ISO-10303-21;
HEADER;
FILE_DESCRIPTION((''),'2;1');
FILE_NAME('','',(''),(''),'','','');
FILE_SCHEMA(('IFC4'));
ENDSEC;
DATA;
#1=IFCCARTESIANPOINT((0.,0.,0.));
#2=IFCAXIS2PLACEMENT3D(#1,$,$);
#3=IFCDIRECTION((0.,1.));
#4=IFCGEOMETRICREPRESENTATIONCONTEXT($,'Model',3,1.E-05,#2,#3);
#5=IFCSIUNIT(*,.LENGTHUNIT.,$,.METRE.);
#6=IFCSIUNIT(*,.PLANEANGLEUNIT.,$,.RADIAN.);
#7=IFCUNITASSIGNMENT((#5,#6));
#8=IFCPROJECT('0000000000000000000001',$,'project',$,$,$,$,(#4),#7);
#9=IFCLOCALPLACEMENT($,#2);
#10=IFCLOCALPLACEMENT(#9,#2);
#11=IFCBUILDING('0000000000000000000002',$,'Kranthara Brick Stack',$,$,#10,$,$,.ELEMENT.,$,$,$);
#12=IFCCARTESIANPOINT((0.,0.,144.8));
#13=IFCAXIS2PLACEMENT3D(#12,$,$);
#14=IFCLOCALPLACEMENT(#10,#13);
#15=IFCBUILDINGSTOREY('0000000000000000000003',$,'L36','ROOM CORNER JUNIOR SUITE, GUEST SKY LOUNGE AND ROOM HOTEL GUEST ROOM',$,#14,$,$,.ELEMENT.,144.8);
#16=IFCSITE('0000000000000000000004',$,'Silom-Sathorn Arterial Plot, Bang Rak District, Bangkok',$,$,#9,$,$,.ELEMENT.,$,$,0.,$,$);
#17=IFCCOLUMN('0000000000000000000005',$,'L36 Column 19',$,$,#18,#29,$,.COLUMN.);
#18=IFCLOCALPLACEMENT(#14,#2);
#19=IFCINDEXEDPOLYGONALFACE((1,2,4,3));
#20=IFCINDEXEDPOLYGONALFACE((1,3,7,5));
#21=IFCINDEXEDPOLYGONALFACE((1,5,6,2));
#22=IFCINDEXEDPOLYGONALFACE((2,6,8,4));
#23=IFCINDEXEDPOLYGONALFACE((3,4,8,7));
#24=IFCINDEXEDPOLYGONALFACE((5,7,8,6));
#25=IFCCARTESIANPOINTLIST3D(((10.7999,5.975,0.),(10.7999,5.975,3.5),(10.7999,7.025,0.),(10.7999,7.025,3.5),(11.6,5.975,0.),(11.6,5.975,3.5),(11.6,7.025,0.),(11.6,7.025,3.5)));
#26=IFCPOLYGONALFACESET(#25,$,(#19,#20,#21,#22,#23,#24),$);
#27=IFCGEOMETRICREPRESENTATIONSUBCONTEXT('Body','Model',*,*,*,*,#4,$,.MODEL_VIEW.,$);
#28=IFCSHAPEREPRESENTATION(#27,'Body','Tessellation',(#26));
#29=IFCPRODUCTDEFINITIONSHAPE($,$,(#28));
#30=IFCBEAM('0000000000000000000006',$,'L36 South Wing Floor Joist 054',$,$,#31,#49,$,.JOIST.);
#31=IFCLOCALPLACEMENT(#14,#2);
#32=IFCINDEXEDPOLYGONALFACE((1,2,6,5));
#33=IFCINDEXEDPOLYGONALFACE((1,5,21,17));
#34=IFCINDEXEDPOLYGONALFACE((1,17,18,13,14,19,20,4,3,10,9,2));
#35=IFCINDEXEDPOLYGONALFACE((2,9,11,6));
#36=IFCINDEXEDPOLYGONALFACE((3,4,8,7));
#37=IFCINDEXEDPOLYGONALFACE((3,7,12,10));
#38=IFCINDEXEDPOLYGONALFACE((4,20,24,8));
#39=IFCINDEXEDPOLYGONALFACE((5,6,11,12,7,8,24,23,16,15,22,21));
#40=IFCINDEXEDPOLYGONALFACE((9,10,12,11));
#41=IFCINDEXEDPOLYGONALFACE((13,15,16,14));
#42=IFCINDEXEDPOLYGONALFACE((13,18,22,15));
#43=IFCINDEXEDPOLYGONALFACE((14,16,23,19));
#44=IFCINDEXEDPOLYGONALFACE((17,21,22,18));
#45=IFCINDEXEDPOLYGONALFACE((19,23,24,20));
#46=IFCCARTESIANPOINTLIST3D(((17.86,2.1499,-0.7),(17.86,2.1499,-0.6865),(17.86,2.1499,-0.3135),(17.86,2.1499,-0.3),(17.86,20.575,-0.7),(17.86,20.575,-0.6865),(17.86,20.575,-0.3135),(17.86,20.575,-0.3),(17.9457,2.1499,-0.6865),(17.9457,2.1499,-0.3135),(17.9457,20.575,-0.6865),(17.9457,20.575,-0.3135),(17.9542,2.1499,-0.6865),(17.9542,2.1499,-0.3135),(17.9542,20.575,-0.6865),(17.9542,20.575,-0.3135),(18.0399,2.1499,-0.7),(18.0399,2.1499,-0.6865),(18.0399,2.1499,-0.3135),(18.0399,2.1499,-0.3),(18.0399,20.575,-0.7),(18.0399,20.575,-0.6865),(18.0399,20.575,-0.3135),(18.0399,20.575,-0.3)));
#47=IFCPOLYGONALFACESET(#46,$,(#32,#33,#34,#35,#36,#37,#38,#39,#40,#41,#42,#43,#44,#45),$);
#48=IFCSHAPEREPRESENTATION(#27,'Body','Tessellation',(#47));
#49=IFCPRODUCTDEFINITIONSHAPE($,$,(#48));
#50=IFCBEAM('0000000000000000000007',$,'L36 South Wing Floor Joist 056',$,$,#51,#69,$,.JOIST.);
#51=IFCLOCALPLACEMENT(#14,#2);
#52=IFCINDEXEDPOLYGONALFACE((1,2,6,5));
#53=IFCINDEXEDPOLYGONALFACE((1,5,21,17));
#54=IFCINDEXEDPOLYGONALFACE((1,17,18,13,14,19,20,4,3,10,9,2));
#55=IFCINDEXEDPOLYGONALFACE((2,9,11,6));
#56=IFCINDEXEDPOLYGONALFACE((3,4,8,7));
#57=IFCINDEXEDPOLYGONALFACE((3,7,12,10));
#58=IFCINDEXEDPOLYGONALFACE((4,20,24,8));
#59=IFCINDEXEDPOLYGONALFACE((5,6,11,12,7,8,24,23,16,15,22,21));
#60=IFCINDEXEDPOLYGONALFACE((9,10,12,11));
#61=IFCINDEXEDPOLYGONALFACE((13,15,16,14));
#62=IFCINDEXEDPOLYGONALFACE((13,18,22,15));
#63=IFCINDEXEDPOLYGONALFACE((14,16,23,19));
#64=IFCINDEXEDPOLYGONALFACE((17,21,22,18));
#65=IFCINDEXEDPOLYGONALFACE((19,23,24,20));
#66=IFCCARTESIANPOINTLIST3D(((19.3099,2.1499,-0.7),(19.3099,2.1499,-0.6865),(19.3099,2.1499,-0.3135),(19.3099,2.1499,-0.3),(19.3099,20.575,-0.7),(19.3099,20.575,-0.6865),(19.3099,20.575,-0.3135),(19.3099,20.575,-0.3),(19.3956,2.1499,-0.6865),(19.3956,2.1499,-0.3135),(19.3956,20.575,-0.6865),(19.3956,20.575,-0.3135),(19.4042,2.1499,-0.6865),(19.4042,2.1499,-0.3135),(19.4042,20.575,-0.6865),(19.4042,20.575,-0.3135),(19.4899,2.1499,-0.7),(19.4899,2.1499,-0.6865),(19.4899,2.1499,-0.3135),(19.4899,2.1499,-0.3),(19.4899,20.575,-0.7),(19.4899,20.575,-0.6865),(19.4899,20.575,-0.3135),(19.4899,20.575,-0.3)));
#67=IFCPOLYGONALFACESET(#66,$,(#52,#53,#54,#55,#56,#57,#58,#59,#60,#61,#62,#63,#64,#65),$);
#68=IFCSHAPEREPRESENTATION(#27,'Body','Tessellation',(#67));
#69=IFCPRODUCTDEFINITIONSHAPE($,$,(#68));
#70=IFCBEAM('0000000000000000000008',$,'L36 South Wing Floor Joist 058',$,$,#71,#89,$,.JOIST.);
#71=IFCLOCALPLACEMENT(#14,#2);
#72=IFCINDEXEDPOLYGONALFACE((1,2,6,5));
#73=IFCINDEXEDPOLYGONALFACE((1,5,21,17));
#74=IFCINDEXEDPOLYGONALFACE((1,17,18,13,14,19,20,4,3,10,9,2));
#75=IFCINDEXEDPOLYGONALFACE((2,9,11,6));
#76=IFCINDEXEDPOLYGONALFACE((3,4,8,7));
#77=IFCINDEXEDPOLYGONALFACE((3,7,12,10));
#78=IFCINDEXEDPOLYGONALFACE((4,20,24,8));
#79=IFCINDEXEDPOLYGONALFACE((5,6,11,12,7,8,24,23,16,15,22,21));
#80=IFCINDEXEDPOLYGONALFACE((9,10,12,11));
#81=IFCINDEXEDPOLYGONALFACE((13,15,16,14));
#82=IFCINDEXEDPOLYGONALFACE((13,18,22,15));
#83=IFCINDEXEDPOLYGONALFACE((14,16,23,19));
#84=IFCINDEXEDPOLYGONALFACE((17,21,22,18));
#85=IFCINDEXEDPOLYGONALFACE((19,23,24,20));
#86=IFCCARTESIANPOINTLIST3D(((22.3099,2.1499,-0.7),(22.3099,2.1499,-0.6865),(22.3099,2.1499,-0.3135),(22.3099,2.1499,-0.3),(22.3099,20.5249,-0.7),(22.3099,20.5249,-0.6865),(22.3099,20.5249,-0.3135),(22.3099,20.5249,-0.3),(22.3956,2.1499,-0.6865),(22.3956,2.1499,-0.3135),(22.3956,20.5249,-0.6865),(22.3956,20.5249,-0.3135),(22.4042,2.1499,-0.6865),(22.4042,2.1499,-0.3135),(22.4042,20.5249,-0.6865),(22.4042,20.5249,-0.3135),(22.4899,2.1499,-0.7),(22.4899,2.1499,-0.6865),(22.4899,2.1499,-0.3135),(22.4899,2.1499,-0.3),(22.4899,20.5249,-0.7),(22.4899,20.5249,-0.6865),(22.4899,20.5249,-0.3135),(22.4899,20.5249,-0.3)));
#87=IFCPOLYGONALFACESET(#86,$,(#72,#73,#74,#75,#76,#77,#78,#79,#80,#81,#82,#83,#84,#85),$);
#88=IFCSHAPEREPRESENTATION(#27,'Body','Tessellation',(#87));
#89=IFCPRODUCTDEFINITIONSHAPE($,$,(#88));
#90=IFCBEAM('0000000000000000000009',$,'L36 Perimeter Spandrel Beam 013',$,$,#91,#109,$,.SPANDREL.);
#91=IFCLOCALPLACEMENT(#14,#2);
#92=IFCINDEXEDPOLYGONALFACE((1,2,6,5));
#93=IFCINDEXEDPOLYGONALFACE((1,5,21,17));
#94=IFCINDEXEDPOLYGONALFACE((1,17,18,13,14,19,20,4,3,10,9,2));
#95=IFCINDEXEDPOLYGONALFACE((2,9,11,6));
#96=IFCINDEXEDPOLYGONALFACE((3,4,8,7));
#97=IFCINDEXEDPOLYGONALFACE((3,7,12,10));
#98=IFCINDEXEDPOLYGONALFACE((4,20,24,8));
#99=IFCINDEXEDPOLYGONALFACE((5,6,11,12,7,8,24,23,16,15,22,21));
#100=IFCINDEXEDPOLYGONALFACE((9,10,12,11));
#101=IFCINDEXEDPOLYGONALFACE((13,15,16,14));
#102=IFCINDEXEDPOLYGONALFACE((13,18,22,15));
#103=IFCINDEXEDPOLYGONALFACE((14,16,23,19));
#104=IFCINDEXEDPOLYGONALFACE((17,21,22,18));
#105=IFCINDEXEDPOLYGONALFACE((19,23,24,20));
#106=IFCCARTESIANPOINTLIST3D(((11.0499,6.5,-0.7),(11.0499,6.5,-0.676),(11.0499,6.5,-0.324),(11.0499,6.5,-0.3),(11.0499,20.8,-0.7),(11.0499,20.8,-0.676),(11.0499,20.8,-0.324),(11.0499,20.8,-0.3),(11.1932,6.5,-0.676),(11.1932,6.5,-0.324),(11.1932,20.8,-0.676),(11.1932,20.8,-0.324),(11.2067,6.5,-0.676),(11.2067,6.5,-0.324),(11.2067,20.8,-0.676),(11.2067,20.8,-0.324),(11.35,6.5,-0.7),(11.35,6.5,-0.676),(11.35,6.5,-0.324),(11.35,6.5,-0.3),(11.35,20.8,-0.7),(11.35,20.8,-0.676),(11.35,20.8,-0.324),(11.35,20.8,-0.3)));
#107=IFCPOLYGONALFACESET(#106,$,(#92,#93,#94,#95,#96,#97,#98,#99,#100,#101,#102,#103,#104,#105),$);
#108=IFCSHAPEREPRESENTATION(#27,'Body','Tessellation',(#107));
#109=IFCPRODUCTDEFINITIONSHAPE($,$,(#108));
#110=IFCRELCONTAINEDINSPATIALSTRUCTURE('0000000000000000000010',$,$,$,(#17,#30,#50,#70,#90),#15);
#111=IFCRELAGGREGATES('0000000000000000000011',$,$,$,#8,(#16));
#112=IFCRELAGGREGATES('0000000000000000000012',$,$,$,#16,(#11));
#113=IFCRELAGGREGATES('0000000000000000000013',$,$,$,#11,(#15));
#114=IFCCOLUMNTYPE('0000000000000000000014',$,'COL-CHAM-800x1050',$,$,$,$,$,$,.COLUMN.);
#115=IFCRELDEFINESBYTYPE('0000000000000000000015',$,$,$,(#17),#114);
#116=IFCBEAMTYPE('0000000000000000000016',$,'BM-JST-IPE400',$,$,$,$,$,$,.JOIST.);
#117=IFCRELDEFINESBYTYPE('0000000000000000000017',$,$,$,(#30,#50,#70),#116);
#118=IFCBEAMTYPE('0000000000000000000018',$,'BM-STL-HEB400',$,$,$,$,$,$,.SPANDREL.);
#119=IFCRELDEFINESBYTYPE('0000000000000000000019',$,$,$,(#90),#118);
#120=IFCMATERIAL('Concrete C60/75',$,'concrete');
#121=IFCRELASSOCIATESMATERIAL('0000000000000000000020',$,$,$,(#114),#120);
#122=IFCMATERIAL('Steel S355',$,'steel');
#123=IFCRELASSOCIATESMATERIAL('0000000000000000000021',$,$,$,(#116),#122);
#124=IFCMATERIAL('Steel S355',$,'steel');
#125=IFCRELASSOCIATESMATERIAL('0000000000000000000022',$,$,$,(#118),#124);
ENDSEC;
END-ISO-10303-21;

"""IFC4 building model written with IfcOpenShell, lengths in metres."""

from ifc_helpers import new_model, si_unit, direction, frame, origin, origin_2d, place, context, subcontext, project, spatial, rectangle, i_section, extrude, material, material_profile, profile_set, type_object, element, save


model = new_model("IFC4")

# Units and contexts
model_context = context("Model", 3, precision=1e-05, world=origin(), true_north=direction((0.0, 1.0)))
body_context = subcontext(model_context, "Body", "Model", "MODEL_VIEW")
ifc_project = project(units=[si_unit("LENGTHUNIT", "METRE"), si_unit("PLANEANGLEUNIT", "RADIAN")], contexts=[model_context])

# Site, building, storey
site_placement = place(None, origin())
site = spatial("IfcSite", under=ifc_project, at=site_placement, Name="Silom-Sathorn Arterial Plot, Bang Rak District, Bangkok", CompositionType="ELEMENT", RefElevation=0.0)
building_placement = place(site_placement, origin())
building = spatial("IfcBuilding", under=site, at=building_placement, Name="Kranthara Brick Stack", CompositionType="ELEMENT")
storey_placement = place(building_placement, frame((0.0, 0.0, 144.8)))
storey = spatial("IfcBuildingStorey", under=building, at=storey_placement, Name="L36", Description="ROOM CORNER JUNIOR SUITE, GUEST SKY LOUNGE AND ROOM HOTEL GUEST ROOM", CompositionType="ELEMENT", Elevation=144.8)

# Column
ifc_material_1 = material(Name="Concrete C60/75", Category="concrete")
ifc_material_profile_1 = material_profile(ifc_material_1, rectangle(XDim=0.8, YDim=1.05, at=origin_2d()), Name="RC 800x1050")
ifc_profile_set_1 = profile_set([ifc_material_profile_1], Name="Concrete C60/75")
column_type = type_object("IfcColumnType", Name="COL-CHAM-800x1050", PredefinedType="COLUMN", material=ifc_profile_set_1)
column_placement = place(storey_placement, frame((11.2, 6.5, 0.0), z_axis=(0.0, 0.0, 1.0), x_axis=(1.0, 0.0, 0.0)))
element("IfcColumn", 1, at=column_placement, inside=storey, type_object=column_type, Name="L36 Column 19", PredefinedType="COLUMN", context=body_context, shape_type="SweptSolid", body=[
    extrude(rectangle(XDim=0.8, YDim=1.05, at=origin_2d()), origin(), (0.0, 0.0, 1.0), 3.5),
])

# Beams
ifc_material_2 = material(Name="Steel S355", Category="steel")
ifc_material_profile_2 = material_profile(ifc_material_2, i_section(OverallWidth=0.1799, OverallDepth=0.3999, WebThickness=0.0085, FlangeThickness=0.0134, at=origin_2d()), Name="IPE 400")
ifc_profile_set_2 = profile_set([ifc_material_profile_2], Name="Steel S355")
beam_type_1 = type_object("IfcBeamType", Name="BM-JST-IPE400", PredefinedType="JOIST", material=ifc_profile_set_2)
for number, where, z_axis, x_axis, name in (
    (2, (17.95, 2.1499, -0.5), (0.0, 1.0, 0.0), (-1.0, 0.0, 0.0), "L36 South Wing Floor Joist 054"),
    (3, (19.3999, 2.1499, -0.5), (0.0, 1.0, 0.0), (-1.0, 0.0, 0.0), "L36 South Wing Floor Joist 056"),
):
    element("IfcBeam", number, at=place(storey_placement, frame(where, z_axis=z_axis, x_axis=x_axis)), inside=storey, type_object=beam_type_1, Name=name, PredefinedType="JOIST", context=body_context, shape_type="SweptSolid", body=[
        extrude(i_section(OverallWidth=0.1799, OverallDepth=0.3999, WebThickness=0.0085, FlangeThickness=0.0134, at=origin_2d()), origin(), (0.0, 0.0, 1.0), 18.425),
    ])
beam_1_placement = place(storey_placement, frame((22.3999, 2.1499, -0.5), z_axis=(0.0, 1.0, 0.0), x_axis=(-1.0, 0.0, 0.0)))
element("IfcBeam", 4, at=beam_1_placement, inside=storey, type_object=beam_type_1, Name="L36 South Wing Floor Joist 058", PredefinedType="JOIST", context=body_context, shape_type="SweptSolid", body=[
    extrude(i_section(OverallWidth=0.1799, OverallDepth=0.3999, WebThickness=0.0085, FlangeThickness=0.0134, at=origin_2d()), origin(), (0.0, 0.0, 1.0), 18.375),
])
ifc_material_3 = material(Name="Steel S355", Category="steel")
ifc_material_profile_3 = material_profile(ifc_material_3, i_section(OverallWidth=0.3, OverallDepth=0.3999, WebThickness=0.0134, FlangeThickness=0.0239, at=origin_2d()), Name="HEB 400")
ifc_profile_set_3 = profile_set([ifc_material_profile_3], Name="Steel S355")
beam_type_2 = type_object("IfcBeamType", Name="BM-STL-HEB400", PredefinedType="SPANDREL", material=ifc_profile_set_3)
beam_2_placement = place(storey_placement, frame((11.2, 6.5, -0.5), z_axis=(0.0, 1.0, 0.0), x_axis=(-1.0, 0.0, 0.0)))
element("IfcBeam", 5, at=beam_2_placement, inside=storey, type_object=beam_type_2, Name="L36 Perimeter Spandrel Beam 013", PredefinedType="SPANDREL", context=body_context, shape_type="SweptSolid", body=[
    extrude(i_section(OverallWidth=0.3, OverallDepth=0.3999, WebThickness=0.0134, FlangeThickness=0.0239, at=origin_2d()), origin(), (0.0, 0.0, 1.0), 14.3),
])

save(model, "model.ifc")
